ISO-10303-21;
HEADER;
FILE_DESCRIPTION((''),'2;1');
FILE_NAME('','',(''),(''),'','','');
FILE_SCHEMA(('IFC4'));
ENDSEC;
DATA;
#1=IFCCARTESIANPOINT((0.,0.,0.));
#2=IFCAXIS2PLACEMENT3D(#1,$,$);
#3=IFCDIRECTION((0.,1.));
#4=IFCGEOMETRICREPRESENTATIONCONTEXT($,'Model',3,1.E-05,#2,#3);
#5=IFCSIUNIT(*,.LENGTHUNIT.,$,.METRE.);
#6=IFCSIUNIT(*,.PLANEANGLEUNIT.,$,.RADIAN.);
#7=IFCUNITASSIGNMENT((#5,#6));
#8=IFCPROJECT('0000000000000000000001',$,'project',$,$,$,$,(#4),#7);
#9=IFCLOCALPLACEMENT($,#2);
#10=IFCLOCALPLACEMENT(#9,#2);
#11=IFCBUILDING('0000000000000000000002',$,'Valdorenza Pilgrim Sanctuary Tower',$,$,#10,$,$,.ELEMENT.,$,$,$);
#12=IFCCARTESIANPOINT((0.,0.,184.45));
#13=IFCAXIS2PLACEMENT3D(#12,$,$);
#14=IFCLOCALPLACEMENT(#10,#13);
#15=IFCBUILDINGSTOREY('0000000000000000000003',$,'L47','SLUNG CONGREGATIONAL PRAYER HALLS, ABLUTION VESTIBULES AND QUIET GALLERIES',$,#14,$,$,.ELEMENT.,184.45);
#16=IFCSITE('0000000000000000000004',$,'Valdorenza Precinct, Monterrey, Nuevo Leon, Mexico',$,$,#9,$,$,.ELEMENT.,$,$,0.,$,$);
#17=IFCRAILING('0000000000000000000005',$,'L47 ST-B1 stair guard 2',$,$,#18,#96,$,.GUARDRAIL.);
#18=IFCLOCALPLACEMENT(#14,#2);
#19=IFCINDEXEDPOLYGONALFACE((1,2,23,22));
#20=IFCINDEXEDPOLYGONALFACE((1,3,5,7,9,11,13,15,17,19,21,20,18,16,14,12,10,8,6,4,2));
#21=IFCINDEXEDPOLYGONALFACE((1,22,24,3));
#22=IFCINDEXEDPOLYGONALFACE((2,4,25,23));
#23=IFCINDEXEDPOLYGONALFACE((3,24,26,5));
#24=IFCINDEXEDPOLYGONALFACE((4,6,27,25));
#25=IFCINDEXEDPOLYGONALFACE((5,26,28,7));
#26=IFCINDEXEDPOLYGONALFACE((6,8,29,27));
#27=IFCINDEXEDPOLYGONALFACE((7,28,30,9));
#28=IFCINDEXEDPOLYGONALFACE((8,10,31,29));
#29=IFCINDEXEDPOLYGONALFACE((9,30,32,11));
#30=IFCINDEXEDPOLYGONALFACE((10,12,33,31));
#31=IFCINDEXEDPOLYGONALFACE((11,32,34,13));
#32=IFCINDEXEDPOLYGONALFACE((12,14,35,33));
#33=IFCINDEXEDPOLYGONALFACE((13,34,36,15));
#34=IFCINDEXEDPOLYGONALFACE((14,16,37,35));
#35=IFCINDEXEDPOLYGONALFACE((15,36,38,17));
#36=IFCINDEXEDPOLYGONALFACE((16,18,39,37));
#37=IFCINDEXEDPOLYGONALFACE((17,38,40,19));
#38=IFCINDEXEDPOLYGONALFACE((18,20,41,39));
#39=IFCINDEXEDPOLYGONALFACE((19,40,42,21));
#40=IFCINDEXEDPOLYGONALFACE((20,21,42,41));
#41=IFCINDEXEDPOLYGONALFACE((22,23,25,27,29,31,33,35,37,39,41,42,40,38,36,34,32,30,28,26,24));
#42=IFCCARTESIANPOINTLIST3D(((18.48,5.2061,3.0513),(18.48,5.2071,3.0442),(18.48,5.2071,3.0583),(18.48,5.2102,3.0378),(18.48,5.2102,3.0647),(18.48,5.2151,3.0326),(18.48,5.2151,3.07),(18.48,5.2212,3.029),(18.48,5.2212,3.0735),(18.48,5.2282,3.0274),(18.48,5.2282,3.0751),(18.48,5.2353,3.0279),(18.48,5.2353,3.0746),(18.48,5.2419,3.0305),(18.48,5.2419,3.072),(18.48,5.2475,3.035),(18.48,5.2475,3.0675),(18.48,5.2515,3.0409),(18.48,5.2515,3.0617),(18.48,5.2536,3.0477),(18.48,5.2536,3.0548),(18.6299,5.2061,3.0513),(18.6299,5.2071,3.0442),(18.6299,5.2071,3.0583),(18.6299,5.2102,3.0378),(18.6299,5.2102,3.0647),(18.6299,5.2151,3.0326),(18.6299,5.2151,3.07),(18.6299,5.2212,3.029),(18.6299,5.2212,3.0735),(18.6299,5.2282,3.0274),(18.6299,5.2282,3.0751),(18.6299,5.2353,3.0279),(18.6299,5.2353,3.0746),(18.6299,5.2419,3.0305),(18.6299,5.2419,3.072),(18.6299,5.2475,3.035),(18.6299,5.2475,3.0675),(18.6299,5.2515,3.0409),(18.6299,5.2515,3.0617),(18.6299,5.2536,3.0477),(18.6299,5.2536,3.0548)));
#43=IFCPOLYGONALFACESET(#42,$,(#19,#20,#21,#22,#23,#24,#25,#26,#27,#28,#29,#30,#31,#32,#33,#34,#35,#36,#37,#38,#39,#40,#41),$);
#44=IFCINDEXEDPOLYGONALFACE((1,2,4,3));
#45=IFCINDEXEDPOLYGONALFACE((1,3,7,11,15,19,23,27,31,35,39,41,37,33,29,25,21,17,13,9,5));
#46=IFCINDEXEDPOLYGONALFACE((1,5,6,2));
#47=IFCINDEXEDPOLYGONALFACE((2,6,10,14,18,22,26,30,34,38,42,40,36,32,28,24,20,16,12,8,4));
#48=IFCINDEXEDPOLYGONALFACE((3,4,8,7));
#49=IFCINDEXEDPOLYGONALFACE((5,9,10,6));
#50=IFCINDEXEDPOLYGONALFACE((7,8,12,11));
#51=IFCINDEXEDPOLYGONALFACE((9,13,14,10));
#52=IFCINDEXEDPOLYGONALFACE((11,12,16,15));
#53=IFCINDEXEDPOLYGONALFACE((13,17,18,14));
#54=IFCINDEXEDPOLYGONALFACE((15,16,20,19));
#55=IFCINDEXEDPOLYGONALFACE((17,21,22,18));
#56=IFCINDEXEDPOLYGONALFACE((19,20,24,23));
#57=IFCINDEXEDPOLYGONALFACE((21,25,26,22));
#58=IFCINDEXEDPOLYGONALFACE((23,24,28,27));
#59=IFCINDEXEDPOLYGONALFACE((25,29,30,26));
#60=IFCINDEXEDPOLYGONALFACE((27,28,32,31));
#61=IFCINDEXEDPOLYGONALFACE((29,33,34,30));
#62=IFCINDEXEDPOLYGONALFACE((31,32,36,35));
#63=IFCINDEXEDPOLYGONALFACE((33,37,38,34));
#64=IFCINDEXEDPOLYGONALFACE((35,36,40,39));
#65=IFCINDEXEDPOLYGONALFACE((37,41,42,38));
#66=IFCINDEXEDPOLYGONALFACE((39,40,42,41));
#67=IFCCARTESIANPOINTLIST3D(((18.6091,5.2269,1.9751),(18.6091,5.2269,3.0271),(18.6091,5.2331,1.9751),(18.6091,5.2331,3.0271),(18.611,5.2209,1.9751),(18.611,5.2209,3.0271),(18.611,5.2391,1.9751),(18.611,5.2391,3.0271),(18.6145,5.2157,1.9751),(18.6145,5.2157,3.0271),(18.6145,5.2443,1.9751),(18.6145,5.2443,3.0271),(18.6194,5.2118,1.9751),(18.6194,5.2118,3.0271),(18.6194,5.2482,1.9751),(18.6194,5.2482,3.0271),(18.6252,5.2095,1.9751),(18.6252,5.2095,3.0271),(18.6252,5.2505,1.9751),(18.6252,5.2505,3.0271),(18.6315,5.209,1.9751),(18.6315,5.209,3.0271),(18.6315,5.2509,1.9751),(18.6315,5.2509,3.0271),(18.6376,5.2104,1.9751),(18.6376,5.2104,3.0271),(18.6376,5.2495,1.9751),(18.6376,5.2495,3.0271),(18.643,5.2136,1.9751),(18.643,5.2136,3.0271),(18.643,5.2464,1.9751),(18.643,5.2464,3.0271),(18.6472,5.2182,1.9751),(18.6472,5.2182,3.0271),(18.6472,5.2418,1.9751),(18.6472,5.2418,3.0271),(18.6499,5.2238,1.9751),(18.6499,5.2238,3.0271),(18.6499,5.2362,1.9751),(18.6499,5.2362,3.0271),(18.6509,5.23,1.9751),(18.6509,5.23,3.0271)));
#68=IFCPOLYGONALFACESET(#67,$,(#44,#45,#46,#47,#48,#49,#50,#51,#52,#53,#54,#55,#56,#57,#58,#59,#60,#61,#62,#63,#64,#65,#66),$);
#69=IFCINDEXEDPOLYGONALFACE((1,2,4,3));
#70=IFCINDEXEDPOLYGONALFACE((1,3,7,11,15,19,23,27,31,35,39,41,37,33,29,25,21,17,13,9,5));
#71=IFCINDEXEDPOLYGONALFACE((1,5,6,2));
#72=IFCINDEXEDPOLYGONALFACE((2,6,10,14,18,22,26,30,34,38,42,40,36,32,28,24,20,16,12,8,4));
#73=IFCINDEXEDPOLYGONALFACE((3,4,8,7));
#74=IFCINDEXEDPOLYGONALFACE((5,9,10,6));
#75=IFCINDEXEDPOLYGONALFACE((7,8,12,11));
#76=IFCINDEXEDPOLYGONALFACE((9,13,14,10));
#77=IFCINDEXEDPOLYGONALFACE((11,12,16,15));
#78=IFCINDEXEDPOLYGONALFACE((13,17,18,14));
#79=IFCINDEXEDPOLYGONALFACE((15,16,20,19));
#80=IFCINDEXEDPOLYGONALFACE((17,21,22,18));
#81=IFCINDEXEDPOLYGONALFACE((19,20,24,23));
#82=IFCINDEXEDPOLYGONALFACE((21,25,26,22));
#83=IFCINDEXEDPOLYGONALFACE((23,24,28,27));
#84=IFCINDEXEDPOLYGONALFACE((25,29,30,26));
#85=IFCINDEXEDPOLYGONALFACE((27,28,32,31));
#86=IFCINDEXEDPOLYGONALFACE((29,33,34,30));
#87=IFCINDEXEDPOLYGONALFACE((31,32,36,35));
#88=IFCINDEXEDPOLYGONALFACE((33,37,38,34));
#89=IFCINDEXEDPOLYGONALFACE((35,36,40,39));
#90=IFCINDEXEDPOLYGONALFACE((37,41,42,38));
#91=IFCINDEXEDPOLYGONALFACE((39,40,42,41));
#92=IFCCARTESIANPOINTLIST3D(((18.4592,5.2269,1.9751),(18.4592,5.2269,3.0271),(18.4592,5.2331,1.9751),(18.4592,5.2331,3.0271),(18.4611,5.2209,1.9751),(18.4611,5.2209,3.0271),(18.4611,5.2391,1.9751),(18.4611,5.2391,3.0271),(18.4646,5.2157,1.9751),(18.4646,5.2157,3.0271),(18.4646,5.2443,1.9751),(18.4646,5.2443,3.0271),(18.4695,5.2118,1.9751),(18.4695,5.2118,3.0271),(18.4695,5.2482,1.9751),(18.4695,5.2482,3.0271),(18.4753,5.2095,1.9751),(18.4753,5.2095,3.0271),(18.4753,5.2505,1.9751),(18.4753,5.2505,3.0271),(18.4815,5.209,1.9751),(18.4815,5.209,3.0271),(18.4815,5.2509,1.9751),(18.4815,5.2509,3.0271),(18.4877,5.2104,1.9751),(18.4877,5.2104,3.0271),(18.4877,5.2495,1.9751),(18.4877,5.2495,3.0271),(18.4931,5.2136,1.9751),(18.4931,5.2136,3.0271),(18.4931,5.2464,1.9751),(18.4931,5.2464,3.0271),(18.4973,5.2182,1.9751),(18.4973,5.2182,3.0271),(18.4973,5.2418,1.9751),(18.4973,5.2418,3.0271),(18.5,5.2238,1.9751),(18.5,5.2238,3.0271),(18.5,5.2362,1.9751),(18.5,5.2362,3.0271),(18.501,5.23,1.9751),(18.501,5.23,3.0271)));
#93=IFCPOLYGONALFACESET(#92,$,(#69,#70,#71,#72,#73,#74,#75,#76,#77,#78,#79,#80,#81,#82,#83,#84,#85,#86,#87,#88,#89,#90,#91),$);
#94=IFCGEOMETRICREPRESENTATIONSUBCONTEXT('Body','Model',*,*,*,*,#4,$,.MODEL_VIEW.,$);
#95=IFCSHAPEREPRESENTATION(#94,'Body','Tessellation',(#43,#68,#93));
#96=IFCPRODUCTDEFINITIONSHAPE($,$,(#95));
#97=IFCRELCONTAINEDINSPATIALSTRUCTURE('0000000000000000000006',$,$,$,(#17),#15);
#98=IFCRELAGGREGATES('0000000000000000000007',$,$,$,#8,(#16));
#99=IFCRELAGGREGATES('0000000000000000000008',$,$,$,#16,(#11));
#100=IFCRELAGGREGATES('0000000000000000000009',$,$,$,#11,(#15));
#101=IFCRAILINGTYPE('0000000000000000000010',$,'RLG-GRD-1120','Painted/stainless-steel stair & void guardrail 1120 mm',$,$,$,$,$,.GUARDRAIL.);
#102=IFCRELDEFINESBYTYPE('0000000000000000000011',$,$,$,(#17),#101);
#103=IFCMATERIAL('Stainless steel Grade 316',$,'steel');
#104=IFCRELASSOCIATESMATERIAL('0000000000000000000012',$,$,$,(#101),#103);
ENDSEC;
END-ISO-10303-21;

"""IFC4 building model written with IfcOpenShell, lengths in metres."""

from ifc_helpers import new_model, si_unit, direction, frame, origin, origin_2d, place, context, subcontext, project, spatial, circle, extrude, material, type_object, element, save


model = new_model("IFC4")

# Units and contexts
model_context = context("Model", 3, precision=1e-05, world=origin(), true_north=direction((0.0, 1.0)))
body_context = subcontext(model_context, "Body", "Model", "MODEL_VIEW")
ifc_project = project(units=[si_unit("LENGTHUNIT", "METRE"), si_unit("PLANEANGLEUNIT", "RADIAN")], contexts=[model_context])

# Site, building, storey
site_placement = place(None, origin())
site = spatial("IfcSite", under=ifc_project, at=site_placement, Name="Valdorenza Precinct, Monterrey, Nuevo Leon, Mexico", CompositionType="ELEMENT", RefElevation=0.0)
building_placement = place(site_placement, origin())
building = spatial("IfcBuilding", under=site, at=building_placement, Name="Valdorenza Pilgrim Sanctuary Tower", CompositionType="ELEMENT")
storey_placement = place(building_placement, frame((0.0, 0.0, 184.45)))
storey = spatial("IfcBuildingStorey", under=building, at=storey_placement, Name="L47", Description="SLUNG CONGREGATIONAL PRAYER HALLS, ABLUTION VESTIBULES AND QUIET GALLERIES", CompositionType="ELEMENT", Elevation=184.45)

# Railing
ifc_material_1 = material(Name="Stainless steel Grade 316", Category="steel")
railing_type_1 = type_object("IfcRailingType", Name="RLG-GRD-1120", Description="Painted/stainless-steel stair & void guardrail 1120 mm", PredefinedType="GUARDRAIL", material=ifc_material_1)
railing_1_placement = place(storey_placement, frame((18.6299, 5.23, 1.9751)))
element("IfcRailing", 1, at=railing_1_placement, inside=storey, type_object=railing_type_1, Name="L47 ST-B1 stair guard 2", PredefinedType="GUARDRAIL", context=body_context, shape_type="SweptSolid", body=[
    extrude(circle(Radius=0.0239, at=origin_2d()), frame((0.0, 0.0, 1.0762), z_axis=(-1.0, 0.0, 0.0), x_axis=(0.0, -1.0, 0.0)), (0.0, 0.0, 1.0), 0.1499),
    extrude(circle(Radius=0.021, at=origin_2d()), origin(), (0.0, 0.0, 1.0), 1.052),
    extrude(circle(Radius=0.021, at=origin_2d()), frame((-0.1499, 0.0, 0.0)), (0.0, 0.0, 1.0), 1.052),
])

save(model, "model.ifc")
